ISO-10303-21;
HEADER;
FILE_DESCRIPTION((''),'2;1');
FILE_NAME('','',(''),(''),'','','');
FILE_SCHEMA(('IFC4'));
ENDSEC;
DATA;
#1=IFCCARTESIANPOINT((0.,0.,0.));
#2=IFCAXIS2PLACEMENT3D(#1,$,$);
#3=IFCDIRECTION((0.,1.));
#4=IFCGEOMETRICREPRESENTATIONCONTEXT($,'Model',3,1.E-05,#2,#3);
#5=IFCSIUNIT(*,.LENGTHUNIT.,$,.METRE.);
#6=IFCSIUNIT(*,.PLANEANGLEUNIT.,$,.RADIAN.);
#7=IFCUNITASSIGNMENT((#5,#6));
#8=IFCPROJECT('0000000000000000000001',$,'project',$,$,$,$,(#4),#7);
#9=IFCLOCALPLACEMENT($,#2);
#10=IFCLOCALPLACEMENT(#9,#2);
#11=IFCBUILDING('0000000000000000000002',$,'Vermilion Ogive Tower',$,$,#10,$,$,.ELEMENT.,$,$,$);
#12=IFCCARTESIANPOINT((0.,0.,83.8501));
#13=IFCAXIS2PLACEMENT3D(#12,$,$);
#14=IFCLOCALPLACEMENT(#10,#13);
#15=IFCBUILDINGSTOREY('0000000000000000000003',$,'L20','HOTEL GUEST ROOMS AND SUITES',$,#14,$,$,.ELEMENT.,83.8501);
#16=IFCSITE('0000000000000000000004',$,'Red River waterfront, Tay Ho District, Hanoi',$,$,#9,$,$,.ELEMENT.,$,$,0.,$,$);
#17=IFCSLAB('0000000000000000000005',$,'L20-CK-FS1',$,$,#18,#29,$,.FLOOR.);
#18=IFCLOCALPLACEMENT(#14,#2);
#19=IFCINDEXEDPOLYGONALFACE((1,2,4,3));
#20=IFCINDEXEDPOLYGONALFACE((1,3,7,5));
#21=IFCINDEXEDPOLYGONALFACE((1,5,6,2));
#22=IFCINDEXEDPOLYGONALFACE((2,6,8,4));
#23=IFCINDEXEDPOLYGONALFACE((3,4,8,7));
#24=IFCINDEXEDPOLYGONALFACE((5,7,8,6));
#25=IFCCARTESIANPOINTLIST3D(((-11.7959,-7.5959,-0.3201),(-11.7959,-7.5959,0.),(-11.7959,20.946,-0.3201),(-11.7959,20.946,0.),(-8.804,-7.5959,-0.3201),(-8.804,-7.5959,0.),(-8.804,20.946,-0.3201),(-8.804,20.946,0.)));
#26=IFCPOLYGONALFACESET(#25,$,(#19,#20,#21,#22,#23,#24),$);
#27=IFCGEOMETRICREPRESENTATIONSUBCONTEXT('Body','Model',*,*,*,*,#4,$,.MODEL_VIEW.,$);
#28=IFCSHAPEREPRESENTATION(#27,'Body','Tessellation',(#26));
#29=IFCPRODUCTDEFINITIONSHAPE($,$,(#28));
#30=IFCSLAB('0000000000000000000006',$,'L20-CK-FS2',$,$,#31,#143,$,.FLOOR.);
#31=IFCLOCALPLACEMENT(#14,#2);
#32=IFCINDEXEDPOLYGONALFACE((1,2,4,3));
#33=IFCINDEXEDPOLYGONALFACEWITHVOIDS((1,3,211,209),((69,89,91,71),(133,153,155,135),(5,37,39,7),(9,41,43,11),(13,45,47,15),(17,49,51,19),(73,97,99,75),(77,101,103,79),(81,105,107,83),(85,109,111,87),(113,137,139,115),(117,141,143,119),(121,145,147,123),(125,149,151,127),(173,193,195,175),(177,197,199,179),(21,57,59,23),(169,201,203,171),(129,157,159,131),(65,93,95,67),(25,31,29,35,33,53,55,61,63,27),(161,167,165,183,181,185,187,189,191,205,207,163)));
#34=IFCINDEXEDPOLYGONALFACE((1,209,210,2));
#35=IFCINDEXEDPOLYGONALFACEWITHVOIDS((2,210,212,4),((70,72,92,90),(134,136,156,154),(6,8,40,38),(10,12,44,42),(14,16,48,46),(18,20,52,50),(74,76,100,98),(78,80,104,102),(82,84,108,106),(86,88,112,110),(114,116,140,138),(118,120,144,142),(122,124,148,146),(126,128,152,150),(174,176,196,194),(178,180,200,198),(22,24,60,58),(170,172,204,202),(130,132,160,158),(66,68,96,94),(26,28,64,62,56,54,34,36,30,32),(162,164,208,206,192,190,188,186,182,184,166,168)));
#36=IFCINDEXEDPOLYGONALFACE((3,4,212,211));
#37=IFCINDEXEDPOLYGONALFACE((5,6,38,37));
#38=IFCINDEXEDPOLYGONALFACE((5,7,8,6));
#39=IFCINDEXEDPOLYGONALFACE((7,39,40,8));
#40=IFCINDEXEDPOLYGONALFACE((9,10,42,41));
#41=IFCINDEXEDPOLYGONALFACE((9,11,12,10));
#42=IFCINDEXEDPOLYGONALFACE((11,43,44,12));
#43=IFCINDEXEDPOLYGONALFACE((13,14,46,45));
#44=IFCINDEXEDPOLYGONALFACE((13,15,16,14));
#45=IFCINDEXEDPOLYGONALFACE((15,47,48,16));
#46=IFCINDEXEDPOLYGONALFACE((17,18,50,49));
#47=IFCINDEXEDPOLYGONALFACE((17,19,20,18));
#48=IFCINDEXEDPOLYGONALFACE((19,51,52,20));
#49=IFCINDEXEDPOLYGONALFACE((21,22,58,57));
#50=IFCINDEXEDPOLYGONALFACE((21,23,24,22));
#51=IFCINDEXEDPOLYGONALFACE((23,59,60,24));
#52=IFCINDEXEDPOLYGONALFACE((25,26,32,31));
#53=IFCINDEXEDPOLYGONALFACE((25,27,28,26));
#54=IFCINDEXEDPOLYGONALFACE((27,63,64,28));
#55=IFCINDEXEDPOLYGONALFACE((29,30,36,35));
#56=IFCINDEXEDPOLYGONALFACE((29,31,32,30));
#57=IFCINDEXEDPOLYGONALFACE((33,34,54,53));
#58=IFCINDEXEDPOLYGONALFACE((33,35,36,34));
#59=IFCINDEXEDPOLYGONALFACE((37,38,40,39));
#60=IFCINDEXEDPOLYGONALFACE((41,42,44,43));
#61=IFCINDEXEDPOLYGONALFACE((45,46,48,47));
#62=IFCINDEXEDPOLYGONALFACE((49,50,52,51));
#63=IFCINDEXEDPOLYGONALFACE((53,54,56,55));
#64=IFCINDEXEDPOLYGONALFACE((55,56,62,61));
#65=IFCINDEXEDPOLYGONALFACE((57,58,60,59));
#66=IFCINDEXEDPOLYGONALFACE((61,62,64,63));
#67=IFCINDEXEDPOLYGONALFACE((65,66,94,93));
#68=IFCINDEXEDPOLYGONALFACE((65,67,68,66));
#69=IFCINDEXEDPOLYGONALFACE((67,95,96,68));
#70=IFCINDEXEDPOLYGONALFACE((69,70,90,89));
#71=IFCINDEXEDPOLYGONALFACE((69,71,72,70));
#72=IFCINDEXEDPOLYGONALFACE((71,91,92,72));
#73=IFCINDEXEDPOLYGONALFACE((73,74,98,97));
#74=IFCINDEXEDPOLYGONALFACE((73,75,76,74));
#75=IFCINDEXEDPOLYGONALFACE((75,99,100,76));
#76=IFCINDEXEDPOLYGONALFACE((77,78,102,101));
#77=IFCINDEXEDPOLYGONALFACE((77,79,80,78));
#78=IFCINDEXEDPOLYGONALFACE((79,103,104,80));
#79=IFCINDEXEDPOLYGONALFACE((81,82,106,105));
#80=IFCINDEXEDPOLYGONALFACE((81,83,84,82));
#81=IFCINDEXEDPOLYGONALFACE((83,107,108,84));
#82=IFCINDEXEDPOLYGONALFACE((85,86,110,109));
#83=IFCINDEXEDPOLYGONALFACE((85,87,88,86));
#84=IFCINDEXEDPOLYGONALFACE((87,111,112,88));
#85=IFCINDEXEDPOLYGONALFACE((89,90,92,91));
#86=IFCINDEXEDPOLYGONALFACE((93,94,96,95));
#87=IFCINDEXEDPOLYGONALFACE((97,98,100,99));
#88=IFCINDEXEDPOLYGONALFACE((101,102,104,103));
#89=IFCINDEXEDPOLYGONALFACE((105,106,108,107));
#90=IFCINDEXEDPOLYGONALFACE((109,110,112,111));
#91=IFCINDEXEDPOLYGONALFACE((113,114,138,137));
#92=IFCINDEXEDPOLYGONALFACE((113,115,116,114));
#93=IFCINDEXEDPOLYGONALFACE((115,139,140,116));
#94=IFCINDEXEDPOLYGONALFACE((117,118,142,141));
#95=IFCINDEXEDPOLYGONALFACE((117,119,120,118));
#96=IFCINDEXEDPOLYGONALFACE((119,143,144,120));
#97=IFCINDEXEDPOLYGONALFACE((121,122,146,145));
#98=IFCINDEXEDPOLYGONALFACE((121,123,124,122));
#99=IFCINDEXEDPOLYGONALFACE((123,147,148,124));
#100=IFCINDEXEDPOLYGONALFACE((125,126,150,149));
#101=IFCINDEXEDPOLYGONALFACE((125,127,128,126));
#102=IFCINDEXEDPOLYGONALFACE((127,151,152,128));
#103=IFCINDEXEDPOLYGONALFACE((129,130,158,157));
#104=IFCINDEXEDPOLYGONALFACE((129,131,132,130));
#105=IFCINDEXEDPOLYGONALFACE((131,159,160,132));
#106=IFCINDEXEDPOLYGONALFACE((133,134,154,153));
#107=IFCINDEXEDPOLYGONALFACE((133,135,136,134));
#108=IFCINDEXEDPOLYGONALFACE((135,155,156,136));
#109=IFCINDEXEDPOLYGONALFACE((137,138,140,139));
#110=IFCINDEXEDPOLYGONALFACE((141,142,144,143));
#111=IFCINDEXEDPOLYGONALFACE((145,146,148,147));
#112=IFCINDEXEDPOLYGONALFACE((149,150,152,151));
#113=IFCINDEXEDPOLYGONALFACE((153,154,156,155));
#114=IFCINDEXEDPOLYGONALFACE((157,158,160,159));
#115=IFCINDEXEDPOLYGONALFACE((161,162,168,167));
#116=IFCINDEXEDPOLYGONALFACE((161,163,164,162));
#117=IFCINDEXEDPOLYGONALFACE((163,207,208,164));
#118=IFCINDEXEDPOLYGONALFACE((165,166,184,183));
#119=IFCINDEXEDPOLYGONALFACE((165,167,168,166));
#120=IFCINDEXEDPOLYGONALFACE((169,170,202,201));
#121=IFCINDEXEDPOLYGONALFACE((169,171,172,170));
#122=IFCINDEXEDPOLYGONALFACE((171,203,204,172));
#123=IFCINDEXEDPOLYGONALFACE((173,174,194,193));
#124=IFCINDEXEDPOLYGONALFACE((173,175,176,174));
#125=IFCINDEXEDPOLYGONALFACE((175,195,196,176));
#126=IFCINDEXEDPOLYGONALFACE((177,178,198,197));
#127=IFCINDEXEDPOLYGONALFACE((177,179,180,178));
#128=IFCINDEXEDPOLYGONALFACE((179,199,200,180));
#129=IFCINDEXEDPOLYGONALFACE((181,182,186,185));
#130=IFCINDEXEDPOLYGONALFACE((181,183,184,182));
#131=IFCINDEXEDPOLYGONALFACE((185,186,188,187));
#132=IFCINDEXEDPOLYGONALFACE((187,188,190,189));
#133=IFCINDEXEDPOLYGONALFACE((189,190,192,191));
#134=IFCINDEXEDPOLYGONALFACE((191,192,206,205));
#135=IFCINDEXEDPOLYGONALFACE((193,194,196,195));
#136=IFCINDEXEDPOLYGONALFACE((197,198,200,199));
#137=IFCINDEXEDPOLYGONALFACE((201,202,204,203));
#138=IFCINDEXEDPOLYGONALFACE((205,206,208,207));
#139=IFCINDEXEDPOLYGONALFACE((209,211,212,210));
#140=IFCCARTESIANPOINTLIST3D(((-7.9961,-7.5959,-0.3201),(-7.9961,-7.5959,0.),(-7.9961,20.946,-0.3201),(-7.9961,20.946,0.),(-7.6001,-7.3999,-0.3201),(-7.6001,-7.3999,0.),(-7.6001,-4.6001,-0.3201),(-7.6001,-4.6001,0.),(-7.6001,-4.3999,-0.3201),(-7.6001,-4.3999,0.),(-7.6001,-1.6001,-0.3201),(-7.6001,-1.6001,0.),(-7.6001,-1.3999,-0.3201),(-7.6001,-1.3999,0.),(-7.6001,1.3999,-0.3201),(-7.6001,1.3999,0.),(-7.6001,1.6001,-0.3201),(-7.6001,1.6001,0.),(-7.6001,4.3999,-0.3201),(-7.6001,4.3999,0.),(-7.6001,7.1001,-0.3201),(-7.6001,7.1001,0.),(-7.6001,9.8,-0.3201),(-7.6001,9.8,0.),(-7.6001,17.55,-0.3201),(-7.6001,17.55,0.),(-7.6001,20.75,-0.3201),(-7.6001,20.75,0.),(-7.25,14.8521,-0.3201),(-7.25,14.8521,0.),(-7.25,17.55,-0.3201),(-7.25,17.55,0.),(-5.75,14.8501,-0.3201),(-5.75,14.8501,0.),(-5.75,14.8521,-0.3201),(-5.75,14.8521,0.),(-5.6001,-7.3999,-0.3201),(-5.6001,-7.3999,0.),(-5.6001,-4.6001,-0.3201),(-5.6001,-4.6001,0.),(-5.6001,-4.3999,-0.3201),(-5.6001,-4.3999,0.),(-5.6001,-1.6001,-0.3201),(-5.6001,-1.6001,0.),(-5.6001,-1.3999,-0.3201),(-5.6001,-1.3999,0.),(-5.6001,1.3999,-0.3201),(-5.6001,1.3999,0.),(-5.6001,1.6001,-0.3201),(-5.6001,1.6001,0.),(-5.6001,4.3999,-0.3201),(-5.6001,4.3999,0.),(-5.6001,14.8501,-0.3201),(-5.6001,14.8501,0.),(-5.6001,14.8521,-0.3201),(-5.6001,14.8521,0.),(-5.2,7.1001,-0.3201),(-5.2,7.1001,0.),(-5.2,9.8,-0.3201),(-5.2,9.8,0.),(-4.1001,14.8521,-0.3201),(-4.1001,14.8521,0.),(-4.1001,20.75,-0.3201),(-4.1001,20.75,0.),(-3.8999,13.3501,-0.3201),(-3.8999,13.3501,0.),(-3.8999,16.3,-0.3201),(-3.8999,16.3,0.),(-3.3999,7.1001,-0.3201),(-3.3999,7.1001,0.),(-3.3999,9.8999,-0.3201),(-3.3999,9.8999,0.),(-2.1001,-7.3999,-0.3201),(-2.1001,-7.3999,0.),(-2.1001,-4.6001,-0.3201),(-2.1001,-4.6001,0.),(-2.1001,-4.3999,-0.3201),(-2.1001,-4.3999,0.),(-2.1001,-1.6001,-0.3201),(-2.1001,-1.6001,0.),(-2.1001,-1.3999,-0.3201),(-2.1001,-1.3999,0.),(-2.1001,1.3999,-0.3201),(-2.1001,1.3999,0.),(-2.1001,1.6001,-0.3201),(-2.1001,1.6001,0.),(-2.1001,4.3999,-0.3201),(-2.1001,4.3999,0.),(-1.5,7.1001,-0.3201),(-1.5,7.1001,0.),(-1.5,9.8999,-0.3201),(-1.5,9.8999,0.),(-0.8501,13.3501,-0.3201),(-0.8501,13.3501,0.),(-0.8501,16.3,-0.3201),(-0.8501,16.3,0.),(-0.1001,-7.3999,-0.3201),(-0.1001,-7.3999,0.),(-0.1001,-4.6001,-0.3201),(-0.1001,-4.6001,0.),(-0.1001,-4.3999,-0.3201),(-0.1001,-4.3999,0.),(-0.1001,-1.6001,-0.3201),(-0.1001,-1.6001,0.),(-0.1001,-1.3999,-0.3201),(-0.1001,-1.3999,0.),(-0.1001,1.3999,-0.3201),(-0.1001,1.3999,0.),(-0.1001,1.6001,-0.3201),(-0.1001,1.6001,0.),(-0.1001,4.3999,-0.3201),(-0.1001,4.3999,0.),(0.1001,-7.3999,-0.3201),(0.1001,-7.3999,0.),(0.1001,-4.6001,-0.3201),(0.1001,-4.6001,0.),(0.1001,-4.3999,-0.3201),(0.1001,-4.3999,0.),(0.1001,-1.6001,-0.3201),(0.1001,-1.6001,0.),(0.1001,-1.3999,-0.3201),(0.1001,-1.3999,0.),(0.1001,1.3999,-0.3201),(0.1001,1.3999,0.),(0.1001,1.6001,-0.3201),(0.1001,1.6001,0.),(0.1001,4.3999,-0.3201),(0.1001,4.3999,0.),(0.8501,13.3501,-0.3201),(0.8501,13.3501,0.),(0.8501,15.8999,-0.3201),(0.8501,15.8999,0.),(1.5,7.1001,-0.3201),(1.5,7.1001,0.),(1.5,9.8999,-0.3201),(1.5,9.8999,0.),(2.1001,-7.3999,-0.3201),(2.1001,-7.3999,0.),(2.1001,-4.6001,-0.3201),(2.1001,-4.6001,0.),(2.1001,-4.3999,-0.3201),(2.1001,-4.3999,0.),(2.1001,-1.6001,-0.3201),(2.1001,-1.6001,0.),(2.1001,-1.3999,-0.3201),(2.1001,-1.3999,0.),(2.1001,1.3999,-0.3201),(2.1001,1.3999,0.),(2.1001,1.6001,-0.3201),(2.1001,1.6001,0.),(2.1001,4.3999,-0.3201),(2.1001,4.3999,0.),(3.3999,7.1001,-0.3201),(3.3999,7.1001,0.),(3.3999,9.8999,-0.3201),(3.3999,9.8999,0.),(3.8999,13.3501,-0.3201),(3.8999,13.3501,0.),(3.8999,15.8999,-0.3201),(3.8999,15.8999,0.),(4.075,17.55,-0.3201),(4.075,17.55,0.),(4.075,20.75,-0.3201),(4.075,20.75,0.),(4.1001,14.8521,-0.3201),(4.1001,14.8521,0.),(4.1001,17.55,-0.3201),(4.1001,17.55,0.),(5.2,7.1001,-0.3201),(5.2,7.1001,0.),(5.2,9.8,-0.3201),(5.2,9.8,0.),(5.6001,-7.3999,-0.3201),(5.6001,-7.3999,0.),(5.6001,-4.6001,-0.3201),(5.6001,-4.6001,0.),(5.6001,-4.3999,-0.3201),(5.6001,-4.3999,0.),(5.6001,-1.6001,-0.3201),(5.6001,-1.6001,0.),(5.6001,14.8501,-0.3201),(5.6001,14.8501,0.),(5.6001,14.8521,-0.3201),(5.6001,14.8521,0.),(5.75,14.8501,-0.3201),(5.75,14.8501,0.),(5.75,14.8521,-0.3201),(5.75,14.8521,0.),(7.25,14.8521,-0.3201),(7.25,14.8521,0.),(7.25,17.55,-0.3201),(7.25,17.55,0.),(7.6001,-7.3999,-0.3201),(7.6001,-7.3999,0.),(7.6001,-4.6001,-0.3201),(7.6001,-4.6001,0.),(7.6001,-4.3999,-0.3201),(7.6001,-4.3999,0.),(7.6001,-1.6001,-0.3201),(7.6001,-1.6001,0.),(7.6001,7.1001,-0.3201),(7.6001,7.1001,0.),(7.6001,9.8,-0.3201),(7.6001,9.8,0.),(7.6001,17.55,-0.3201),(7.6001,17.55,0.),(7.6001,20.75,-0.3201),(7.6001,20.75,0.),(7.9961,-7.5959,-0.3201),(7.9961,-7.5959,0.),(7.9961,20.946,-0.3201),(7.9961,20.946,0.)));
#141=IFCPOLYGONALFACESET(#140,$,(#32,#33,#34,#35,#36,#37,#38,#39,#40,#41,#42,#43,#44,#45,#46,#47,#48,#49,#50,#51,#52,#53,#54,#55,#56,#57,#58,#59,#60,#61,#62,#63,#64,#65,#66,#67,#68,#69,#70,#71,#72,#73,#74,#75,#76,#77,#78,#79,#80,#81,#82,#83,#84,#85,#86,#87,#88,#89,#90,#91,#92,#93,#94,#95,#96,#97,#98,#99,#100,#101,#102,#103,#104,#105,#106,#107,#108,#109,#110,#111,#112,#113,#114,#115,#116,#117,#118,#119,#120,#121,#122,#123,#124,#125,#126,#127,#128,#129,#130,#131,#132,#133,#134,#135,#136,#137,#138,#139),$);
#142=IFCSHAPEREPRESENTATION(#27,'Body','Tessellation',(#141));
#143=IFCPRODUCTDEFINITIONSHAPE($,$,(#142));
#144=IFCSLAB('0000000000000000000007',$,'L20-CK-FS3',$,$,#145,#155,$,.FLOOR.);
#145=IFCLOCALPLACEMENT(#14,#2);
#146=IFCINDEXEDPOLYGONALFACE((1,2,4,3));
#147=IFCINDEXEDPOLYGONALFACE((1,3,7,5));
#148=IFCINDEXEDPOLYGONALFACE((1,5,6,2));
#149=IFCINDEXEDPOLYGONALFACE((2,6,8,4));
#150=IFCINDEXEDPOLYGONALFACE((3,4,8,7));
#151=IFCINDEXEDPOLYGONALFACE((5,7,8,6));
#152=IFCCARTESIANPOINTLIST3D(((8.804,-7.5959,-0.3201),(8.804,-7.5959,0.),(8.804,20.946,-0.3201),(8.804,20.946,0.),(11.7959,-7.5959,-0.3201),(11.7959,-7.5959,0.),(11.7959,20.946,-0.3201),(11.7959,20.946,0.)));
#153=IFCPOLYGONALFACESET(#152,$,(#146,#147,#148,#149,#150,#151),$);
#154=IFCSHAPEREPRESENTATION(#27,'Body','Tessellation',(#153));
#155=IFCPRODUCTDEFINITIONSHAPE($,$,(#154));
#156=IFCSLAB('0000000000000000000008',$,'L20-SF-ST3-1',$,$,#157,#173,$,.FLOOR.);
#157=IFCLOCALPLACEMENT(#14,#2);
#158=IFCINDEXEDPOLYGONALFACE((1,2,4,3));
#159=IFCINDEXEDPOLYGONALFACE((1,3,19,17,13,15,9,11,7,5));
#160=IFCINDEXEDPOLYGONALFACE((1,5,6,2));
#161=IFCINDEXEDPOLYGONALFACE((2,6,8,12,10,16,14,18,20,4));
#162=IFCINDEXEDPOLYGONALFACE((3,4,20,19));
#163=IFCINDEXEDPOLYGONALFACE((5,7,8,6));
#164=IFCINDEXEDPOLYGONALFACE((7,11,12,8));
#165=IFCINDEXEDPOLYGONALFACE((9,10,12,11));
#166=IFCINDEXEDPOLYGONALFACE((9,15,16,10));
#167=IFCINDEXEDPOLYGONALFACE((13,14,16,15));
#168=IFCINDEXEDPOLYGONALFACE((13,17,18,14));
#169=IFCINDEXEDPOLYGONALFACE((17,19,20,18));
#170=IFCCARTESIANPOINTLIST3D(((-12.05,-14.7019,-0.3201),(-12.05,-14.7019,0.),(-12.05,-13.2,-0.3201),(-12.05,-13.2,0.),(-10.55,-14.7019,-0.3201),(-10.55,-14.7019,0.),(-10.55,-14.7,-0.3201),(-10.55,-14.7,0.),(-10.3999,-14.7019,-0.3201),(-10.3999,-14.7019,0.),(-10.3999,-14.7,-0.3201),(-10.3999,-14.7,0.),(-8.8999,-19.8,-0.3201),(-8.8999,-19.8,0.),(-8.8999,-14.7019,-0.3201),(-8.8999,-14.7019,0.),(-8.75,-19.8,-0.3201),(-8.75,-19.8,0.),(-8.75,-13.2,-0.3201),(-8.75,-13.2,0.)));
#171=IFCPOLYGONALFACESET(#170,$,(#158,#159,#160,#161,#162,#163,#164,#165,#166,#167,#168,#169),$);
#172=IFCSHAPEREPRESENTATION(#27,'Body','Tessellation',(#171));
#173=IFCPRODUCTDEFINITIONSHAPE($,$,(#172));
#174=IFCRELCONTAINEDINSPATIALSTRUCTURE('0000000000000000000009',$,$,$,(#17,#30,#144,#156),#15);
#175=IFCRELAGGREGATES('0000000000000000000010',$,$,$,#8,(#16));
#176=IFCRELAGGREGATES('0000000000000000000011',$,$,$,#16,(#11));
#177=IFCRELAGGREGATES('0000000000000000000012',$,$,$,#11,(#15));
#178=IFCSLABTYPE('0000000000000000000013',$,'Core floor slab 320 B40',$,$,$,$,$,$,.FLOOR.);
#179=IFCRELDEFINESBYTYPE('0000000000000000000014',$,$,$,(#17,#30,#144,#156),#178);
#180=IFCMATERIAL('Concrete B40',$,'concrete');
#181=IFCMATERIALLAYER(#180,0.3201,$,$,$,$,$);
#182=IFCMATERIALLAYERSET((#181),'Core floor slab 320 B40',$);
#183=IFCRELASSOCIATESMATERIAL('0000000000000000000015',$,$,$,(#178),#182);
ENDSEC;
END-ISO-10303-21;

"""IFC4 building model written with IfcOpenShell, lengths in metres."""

from ifc_helpers import new_model, si_unit, direction, frame, origin, place, context, subcontext, project, spatial, polyline, outline, extrude, material, layer, layer_set, type_object, element, save


model = new_model("IFC4")

# Units and contexts
model_context = context("Model", 3, precision=1e-05, world=origin(), true_north=direction((0.0, 1.0)))
body_context = subcontext(model_context, "Body", "Model", "MODEL_VIEW")
ifc_project = project(units=[si_unit("LENGTHUNIT", "METRE"), si_unit("PLANEANGLEUNIT", "RADIAN")], contexts=[model_context])

# Site, building, storey
site_placement = place(None, origin())
site = spatial("IfcSite", under=ifc_project, at=site_placement, Name="Red River waterfront, Tay Ho District, Hanoi", CompositionType="ELEMENT", RefElevation=0.0)
building_placement = place(site_placement, origin())
building = spatial("IfcBuilding", under=site, at=building_placement, Name="Vermilion Ogive Tower", CompositionType="ELEMENT")
storey_placement = place(building_placement, frame((0.0, 0.0, 83.8501)))
storey = spatial("IfcBuildingStorey", under=building, at=storey_placement, Name="L20", Description="HOTEL GUEST ROOMS AND SUITES", CompositionType="ELEMENT", Elevation=83.8501)

# Slabs
ifc_material_1 = material(Name="Concrete B40", Category="concrete")
ifc_layer_1 = layer(ifc_material_1, 0.3201)
ifc_layer_set_1 = layer_set([ifc_layer_1], Name="Core floor slab 320 B40")
slab_type_1 = type_object("IfcSlabType", Name="Core floor slab 320 B40", PredefinedType="FLOOR", material=ifc_layer_set_1)
slab_1_placement = place(storey_placement, frame((0.0, 0.0, -0.3201)))
element("IfcSlab", 1, at=slab_1_placement, inside=storey, type_object=slab_type_1, Name="L20-CK-FS1", PredefinedType="FLOOR", context=body_context, shape_type="SweptSolid", body=[
    extrude(outline(polyline([(-8.804, 20.946), (-8.804, -7.5959), (-11.7959, -7.5959), (-11.7959, 20.946), (-8.804, 20.946)])), origin(), (0.0, 0.0, 1.0), 0.3201),
])
slab_2_placement = place(storey_placement, frame((0.0, 0.0, -0.3201)))
element("IfcSlab", 2, at=slab_2_placement, inside=storey, type_object=slab_type_1, Name="L20-CK-FS2", PredefinedType="FLOOR", context=body_context, shape_type="SweptSolid", body=[
    extrude(outline(polyline([(-7.9961, 20.946), (-7.9961, -7.5959), (7.9961, -7.5959), (7.9961, 20.946), (-7.9961, 20.946)]), holes=[polyline([(-7.6001, -4.6001), (-5.6001, -4.6001), (-5.6001, -7.3999), (-7.6001, -7.3999), (-7.6001, -4.6001)]), polyline([(-2.1001, -4.6001), (-0.1001, -4.6001), (-0.1001, -7.3999), (-2.1001, -7.3999), (-2.1001, -4.6001)]), polyline([(-7.6001, -4.3999), (-7.6001, -1.6001), (-5.6001, -1.6001), (-5.6001, -4.3999), (-7.6001, -4.3999)]), polyline([(-2.1001, -1.6001), (-0.1001, -1.6001), (-0.1001, -4.3999), (-2.1001, -4.3999), (-2.1001, -1.6001)]), polyline([(-7.6001, -1.3999), (-7.6001, 1.3999), (-5.6001, 1.3999), (-5.6001, -1.3999), (-7.6001, -1.3999)]), polyline([(-2.1001, 1.3999), (-0.1001, 1.3999), (-0.1001, -1.3999), (-2.1001, -1.3999), (-2.1001, 1.3999)]), polyline([(-7.6001, 4.3999), (-5.6001, 4.3999), (-5.6001, 1.6001), (-7.6001, 1.6001), (-7.6001, 4.3999)]), polyline([(-2.1001, 4.3999), (-0.1001, 4.3999), (-0.1001, 1.6001), (-2.1001, 1.6001), (-2.1001, 4.3999)]), polyline([(-7.6001, 9.8), (-5.2, 9.8), (-5.2, 7.1001), (-7.6001, 7.1001), (-7.6001, 9.8)]), polyline([(-3.3999, 9.8999), (-1.5, 9.8999), (-1.5, 7.1001), (-3.3999, 7.1001), (-3.3999, 9.8999)]), polyline([(-3.8999, 16.3), (-0.8501, 16.3), (-0.8501, 13.3501), (-3.8999, 13.3501), (-3.8999, 16.3)]), polyline([(-7.6001, 17.55), (-7.6001, 20.75), (-4.1001, 20.75), (-4.1001, 14.8521), (-5.6001, 14.8521), (-5.6001, 14.8501), (-5.75, 14.8501), (-5.75, 14.8521), (-7.25, 14.8521), (-7.25, 17.55), (-7.6001, 17.55)]), polyline([(0.1001, -4.6001), (2.1001, -4.6001), (2.1001, -7.3999), (0.1001, -7.3999), (0.1001, -4.6001)]), polyline([(5.6001, -4.6001), (7.6001, -4.6001), (7.6001, -7.3999), (5.6001, -7.3999), (5.6001, -4.6001)]), polyline([(0.1001, -1.6001), (2.1001, -1.6001), (2.1001, -4.3999), (0.1001, -4.3999), (0.1001, -1.6001)]), polyline([(5.6001, -1.6001), (7.6001, -1.6001), (7.6001, -4.3999), (5.6001, -4.3999), (5.6001, -1.6001)]), polyline([(0.1001, 1.3999), (2.1001, 1.3999), (2.1001, -1.3999), (0.1001, -1.3999), (0.1001, 1.3999)]), polyline([(0.1001, 4.3999), (2.1001, 4.3999), (2.1001, 1.6001), (0.1001, 1.6001), (0.1001, 4.3999)]), polyline([(5.2, 9.8), (7.6001, 9.8), (7.6001, 7.1001), (5.2, 7.1001), (5.2, 9.8)]), polyline([(1.5, 9.8999), (3.3999, 9.8999), (3.3999, 7.1001), (1.5, 7.1001), (1.5, 9.8999)]), polyline([(0.8501, 15.8999), (3.8999, 15.8999), (3.8999, 13.3501), (0.8501, 13.3501), (0.8501, 15.8999)]), polyline([(5.75, 14.8501), (5.6001, 14.8501), (5.6001, 14.8521), (4.1001, 14.8521), (4.1001, 17.55), (4.075, 17.55), (4.075, 20.75), (7.6001, 20.75), (7.6001, 17.55), (7.25, 17.55), (7.25, 14.8521), (5.75, 14.8521), (5.75, 14.8501)])]), origin(), (0.0, 0.0, 1.0), 0.3201),
])
slab_3_placement = place(storey_placement, frame((0.0, 0.0, -0.3201)))
element("IfcSlab", 3, at=slab_3_placement, inside=storey, type_object=slab_type_1, Name="L20-CK-FS3", PredefinedType="FLOOR", context=body_context, shape_type="SweptSolid", body=[
    extrude(outline(polyline([(11.7959, -7.5959), (8.804, -7.5959), (8.804, 20.946), (11.7959, 20.946), (11.7959, -7.5959)])), origin(), (0.0, 0.0, 1.0), 0.3201),
])
slab_4_placement = place(storey_placement, frame((0.0, 0.0, -0.3201)))
element("IfcSlab", 4, at=slab_4_placement, inside=storey, type_object=slab_type_1, Name="L20-SF-ST3-1", PredefinedType="FLOOR", context=body_context, shape_type="SweptSolid", body=[
    extrude(outline(polyline([(-12.05, -13.2), (-12.05, -14.7019), (-10.55, -14.7019), (-10.55, -14.7), (-10.3999, -14.7), (-10.3999, -14.7019), (-8.8999, -14.7019), (-8.8999, -19.8), (-8.75, -19.8), (-8.75, -13.2), (-12.05, -13.2)])), origin(), (0.0, 0.0, 1.0), 0.3201),
])

save(model, "model.ifc")
